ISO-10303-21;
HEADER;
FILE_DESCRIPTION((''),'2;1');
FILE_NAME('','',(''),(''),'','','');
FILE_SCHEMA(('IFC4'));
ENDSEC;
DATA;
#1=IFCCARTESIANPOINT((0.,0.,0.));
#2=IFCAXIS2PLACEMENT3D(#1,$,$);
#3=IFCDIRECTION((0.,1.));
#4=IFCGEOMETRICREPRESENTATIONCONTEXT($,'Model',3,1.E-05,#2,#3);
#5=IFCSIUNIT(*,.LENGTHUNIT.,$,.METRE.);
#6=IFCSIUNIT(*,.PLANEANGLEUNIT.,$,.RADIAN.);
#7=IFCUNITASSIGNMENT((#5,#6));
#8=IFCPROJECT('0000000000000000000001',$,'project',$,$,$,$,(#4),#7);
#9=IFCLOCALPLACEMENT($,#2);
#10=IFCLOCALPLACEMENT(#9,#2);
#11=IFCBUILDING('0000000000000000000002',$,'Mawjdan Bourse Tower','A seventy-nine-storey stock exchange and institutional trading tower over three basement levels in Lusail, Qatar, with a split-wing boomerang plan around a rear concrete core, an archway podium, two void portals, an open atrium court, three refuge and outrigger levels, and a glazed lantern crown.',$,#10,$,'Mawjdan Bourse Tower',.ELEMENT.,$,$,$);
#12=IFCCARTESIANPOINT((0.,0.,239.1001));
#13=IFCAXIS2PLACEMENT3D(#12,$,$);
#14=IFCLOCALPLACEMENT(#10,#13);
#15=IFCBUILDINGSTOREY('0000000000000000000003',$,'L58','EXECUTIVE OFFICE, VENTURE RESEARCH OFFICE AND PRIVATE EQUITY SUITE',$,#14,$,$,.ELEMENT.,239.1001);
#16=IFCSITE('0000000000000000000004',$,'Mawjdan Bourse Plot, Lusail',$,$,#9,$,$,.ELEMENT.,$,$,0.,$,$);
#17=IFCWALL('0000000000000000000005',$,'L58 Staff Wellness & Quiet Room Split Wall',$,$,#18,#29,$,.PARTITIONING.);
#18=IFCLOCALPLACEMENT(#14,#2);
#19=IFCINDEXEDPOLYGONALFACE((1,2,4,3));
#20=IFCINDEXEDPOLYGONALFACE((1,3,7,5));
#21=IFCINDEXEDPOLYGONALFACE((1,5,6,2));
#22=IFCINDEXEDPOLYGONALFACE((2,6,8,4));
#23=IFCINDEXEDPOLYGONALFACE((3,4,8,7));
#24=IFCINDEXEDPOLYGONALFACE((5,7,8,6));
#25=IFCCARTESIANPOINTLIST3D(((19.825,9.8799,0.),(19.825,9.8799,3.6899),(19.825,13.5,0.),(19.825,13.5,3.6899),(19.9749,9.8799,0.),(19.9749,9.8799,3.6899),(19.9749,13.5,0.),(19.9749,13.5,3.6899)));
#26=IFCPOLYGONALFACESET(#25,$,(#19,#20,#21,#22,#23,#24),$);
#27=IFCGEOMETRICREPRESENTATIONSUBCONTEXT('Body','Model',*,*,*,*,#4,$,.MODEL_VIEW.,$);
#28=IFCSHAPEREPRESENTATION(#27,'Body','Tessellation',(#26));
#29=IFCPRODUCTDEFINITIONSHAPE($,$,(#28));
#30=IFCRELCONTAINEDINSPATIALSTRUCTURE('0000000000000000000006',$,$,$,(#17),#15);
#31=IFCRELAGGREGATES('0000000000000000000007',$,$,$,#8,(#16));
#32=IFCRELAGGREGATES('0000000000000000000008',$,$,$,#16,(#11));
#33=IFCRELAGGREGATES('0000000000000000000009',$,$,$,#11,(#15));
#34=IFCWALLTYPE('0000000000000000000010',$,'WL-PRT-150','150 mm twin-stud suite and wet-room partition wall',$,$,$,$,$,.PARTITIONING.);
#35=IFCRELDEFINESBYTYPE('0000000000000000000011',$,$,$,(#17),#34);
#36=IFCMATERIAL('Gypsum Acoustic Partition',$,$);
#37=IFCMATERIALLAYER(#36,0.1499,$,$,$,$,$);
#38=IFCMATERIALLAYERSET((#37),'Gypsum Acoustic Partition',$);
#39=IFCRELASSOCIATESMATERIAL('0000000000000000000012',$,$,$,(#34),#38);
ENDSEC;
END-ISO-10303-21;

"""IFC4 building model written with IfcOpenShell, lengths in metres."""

from ifc_helpers import new_model, si_unit, direction, frame, frame_2d, origin, place, context, subcontext, project, spatial, rectangle, extrude, material, layer, layer_set, type_object, element, save


model = new_model("IFC4")

# Units and contexts
model_context = context("Model", 3, precision=1e-05, world=origin(), true_north=direction((0.0, 1.0)))
body_context = subcontext(model_context, "Body", "Model", "MODEL_VIEW")
ifc_project = project(units=[si_unit("LENGTHUNIT", "METRE"), si_unit("PLANEANGLEUNIT", "RADIAN")], contexts=[model_context])

# Site, building, storey
site_placement = place(None, origin())
site = spatial("IfcSite", under=ifc_project, at=site_placement, Name="Mawjdan Bourse Plot, Lusail", CompositionType="ELEMENT", RefElevation=0.0)
building_placement = place(site_placement, origin())
building = spatial("IfcBuilding", under=site, at=building_placement, Name="Mawjdan Bourse Tower", Description="A seventy-nine-storey stock exchange and institutional trading tower over three basement levels in Lusail, Qatar, with a split-wing boomerang plan around a rear concrete core, an archway podium, two void portals, an open atrium court, three refuge and outrigger levels, and a glazed lantern crown.", LongName="Mawjdan Bourse Tower", CompositionType="ELEMENT")
storey_placement = place(building_placement, frame((0.0, 0.0, 239.1001)))
storey = spatial("IfcBuildingStorey", under=building, at=storey_placement, Name="L58", Description="EXECUTIVE OFFICE, VENTURE RESEARCH OFFICE AND PRIVATE EQUITY SUITE", CompositionType="ELEMENT", Elevation=239.1001)

# Wall
ifc_material_1 = material(Name="Gypsum Acoustic Partition")
ifc_layer_1 = layer(ifc_material_1, 0.1499)
ifc_layer_set_1 = layer_set([ifc_layer_1], Name="Gypsum Acoustic Partition")
wall_type_1 = type_object("IfcWallType", Name="WL-PRT-150", Description="150 mm twin-stud suite and wet-room partition wall", PredefinedType="PARTITIONING", material=ifc_layer_set_1)
wall_1_placement = place(storey_placement, frame((19.8999, 9.8799, 0.0), z_axis=(0.0, 0.0, 1.0), x_axis=(0.0, 1.0, 0.0)))
element("IfcWall", 1, at=wall_1_placement, inside=storey, type_object=wall_type_1, Name="L58 Staff Wellness & Quiet Room Split Wall", PredefinedType="PARTITIONING", context=body_context, shape_type="SweptSolid", body=[
    extrude(rectangle(XDim=3.6201, YDim=0.1499, at=frame_2d((1.8101, 0.0))), origin(), (0.0, 0.0, 1.0), 3.6899),
])

save(model, "model.ifc")
